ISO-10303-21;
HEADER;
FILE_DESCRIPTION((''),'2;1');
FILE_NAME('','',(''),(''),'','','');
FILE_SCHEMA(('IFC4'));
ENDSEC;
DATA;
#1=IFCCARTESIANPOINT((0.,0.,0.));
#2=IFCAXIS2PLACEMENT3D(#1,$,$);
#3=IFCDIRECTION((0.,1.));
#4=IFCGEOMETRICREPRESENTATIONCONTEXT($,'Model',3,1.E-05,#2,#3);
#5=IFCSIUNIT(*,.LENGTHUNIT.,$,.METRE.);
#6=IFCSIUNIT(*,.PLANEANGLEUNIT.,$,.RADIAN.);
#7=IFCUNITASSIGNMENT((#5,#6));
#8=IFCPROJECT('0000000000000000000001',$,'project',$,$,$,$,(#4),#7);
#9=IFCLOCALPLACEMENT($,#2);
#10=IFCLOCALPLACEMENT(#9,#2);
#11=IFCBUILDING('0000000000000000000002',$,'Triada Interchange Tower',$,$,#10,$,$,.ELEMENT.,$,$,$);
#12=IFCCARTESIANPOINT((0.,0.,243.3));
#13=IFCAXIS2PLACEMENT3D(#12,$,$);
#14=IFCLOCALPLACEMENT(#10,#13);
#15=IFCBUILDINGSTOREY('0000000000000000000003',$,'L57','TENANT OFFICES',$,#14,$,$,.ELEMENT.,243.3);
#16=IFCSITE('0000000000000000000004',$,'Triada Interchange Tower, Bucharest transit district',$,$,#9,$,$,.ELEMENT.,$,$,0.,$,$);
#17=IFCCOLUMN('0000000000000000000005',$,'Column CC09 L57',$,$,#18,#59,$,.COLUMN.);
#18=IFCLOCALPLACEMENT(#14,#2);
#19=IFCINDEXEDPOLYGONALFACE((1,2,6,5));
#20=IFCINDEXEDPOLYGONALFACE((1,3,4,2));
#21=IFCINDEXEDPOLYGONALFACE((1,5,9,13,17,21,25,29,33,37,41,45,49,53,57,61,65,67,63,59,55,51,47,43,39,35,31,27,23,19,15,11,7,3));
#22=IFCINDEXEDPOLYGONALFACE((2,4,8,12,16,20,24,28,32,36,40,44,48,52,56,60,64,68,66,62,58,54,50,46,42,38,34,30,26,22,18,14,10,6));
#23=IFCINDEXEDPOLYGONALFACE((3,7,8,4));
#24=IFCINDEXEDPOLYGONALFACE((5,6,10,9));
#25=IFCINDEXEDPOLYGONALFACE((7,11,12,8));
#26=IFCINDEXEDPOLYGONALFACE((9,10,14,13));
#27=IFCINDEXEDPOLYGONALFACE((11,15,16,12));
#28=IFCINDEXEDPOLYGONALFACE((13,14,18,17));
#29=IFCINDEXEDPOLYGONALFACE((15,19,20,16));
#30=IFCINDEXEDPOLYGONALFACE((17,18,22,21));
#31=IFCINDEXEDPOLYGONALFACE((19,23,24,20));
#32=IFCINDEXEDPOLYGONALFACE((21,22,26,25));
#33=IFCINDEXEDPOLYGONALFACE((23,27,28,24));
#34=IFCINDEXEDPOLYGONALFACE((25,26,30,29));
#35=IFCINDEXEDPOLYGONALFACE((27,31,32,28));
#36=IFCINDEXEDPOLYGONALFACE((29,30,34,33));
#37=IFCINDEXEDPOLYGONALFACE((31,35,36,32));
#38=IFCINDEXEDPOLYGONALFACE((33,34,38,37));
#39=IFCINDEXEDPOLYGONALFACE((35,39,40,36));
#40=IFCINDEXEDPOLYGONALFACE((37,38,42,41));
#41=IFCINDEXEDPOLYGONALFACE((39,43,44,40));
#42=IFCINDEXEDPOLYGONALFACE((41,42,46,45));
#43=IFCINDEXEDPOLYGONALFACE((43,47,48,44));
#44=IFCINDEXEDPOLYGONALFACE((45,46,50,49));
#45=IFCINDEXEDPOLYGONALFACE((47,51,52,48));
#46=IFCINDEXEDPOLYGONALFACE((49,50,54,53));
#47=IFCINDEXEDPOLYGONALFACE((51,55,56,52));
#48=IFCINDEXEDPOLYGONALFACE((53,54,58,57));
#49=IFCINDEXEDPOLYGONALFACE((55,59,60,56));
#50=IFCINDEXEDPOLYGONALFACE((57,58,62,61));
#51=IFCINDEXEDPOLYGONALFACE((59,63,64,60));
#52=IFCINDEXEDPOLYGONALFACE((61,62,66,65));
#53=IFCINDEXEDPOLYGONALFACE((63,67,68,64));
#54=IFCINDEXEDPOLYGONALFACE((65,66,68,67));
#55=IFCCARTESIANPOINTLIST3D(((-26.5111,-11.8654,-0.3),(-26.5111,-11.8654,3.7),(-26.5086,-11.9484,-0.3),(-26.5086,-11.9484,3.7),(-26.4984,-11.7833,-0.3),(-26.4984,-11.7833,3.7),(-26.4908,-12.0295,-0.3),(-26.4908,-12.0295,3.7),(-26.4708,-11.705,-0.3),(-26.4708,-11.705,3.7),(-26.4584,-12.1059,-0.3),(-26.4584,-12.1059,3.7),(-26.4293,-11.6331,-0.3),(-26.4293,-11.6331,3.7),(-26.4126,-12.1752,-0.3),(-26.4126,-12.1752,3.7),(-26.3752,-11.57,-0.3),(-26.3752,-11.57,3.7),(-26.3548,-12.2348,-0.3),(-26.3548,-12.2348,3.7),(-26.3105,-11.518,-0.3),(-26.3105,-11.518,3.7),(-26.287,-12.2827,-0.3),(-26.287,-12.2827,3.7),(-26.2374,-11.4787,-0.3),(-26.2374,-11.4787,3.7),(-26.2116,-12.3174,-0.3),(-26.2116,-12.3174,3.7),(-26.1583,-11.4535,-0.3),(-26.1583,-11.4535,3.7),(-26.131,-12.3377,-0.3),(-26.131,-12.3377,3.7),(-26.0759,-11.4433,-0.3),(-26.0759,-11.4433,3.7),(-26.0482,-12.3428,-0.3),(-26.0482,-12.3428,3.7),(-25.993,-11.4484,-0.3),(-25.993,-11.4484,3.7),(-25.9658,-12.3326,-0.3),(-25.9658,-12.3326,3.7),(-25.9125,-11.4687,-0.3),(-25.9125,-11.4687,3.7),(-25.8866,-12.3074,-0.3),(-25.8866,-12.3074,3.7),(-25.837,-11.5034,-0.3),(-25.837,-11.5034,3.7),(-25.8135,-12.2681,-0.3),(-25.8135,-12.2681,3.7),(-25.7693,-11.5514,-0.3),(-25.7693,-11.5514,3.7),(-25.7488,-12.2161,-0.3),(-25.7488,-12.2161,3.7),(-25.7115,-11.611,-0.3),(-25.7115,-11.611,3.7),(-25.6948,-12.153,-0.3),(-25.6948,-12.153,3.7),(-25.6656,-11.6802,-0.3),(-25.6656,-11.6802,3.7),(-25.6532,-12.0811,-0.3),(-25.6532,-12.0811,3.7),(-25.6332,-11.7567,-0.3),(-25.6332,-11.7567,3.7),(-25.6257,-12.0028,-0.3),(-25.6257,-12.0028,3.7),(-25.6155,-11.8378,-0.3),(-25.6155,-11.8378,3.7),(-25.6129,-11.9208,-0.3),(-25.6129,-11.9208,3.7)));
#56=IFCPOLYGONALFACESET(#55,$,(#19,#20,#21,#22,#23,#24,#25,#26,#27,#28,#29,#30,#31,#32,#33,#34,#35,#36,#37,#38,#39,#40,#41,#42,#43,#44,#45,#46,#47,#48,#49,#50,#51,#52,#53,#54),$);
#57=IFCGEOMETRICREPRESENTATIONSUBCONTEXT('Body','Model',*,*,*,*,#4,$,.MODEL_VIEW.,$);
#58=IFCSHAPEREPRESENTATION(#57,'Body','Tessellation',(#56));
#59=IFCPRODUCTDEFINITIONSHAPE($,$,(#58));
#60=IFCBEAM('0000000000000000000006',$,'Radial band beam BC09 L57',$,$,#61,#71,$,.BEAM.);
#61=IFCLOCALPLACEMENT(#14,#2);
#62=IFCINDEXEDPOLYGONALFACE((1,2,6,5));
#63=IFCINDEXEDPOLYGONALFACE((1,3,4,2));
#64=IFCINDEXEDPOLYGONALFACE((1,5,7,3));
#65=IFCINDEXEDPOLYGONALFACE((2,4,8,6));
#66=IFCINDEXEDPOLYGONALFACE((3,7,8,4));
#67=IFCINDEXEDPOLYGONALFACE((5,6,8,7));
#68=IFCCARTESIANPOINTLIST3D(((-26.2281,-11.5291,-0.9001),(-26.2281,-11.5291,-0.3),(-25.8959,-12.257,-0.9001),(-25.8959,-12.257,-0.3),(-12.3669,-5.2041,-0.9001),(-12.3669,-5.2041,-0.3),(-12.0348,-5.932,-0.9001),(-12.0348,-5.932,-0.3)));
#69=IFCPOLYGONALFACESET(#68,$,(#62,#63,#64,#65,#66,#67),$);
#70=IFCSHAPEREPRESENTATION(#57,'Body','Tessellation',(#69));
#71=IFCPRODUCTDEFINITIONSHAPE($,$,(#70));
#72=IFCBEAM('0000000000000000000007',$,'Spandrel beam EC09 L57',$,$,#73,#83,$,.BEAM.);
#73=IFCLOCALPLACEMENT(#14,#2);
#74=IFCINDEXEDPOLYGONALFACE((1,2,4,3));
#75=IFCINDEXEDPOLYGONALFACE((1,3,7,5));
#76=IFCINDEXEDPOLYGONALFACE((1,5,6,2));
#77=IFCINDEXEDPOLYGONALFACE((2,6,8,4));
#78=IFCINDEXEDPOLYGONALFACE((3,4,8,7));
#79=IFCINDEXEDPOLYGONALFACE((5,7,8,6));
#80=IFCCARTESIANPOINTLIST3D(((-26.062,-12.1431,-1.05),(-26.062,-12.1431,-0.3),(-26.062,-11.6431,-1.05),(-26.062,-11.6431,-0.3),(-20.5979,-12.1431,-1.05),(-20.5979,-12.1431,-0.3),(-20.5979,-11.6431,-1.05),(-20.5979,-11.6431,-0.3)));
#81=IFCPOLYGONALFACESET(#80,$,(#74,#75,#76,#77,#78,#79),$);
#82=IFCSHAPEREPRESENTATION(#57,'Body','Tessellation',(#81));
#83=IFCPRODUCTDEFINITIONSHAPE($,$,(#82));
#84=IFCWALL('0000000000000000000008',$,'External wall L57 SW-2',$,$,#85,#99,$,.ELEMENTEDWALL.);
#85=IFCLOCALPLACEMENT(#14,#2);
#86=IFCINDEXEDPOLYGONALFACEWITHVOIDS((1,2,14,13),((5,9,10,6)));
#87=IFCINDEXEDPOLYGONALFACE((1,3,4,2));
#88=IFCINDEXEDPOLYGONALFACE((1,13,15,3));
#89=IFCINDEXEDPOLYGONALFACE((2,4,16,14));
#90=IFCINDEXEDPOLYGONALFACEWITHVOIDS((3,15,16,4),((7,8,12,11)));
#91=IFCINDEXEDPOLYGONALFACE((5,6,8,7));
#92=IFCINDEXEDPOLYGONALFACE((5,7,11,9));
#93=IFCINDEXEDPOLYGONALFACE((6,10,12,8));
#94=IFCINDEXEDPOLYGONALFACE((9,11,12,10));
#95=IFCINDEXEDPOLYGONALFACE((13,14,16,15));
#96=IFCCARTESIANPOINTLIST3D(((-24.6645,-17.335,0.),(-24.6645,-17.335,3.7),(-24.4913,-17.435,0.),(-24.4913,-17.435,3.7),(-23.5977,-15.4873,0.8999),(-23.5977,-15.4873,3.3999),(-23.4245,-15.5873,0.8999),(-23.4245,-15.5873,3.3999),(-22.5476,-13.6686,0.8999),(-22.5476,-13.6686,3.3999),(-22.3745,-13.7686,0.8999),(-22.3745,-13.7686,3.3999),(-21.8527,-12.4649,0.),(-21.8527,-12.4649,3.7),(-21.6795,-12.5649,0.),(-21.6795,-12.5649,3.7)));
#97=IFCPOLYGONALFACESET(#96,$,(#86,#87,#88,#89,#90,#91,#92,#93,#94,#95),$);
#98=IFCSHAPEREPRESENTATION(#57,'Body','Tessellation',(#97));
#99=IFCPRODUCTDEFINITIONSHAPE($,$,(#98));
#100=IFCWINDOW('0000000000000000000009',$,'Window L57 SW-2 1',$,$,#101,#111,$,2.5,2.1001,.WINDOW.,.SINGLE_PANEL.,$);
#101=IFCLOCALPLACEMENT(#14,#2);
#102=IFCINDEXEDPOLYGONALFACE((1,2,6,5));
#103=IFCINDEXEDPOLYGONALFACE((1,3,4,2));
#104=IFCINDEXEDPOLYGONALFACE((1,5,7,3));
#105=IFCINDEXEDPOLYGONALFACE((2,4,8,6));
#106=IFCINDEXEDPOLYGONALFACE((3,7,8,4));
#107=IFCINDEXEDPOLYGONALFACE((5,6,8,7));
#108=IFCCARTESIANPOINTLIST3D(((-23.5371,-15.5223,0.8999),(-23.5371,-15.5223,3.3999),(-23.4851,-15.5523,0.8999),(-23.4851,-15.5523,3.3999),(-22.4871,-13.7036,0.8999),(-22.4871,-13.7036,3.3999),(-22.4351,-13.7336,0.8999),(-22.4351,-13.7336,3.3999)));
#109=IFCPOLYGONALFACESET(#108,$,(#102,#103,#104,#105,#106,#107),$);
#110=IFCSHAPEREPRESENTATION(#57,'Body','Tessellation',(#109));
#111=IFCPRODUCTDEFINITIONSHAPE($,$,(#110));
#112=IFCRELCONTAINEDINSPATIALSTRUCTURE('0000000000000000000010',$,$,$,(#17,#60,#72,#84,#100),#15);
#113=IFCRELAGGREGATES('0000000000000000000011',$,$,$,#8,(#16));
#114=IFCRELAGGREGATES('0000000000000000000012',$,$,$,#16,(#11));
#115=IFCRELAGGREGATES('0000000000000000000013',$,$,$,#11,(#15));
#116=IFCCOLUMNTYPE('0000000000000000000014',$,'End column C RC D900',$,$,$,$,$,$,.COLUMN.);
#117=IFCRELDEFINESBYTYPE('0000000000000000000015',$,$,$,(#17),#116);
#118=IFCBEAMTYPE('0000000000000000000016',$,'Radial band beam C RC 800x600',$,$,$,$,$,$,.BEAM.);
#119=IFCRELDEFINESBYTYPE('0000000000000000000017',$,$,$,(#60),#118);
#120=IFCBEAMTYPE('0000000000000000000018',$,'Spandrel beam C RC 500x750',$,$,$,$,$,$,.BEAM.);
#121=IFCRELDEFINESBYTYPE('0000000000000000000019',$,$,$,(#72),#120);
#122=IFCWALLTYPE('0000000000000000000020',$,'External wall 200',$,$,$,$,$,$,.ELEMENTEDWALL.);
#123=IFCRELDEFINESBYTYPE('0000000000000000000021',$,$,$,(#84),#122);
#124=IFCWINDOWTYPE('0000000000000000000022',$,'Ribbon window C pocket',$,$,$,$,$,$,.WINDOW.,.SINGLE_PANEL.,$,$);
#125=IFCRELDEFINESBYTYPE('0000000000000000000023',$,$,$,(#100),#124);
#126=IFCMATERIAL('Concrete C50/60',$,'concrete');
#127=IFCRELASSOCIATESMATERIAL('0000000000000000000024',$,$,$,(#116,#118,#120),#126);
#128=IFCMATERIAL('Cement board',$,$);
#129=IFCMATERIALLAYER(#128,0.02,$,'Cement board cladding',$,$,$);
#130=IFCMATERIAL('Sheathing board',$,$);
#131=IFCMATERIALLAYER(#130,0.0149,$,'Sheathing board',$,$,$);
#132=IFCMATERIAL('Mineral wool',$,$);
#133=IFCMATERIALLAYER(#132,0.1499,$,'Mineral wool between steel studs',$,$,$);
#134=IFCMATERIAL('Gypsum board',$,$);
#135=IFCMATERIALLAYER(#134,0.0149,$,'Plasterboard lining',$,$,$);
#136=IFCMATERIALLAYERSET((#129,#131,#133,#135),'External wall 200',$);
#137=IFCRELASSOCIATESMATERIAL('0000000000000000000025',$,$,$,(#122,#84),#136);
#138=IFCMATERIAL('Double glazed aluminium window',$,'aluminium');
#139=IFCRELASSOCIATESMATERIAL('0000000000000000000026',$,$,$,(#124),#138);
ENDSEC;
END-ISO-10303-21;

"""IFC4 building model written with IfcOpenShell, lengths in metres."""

from ifc_helpers import new_model, si_unit, direction, frame, frame_2d, origin, origin_2d, place, context, subcontext, project, spatial, rectangle, circle, extrude, material, layer, layer_set, layer_usage, material_profile, profile_set, type_object, element, fill, save


model = new_model("IFC4")

# Units and contexts
model_context = context("Model", 3, precision=1e-05, world=origin(), true_north=direction((0.0, 1.0)))
body_context = subcontext(model_context, "Body", "Model", "MODEL_VIEW")
ifc_project = project(units=[si_unit("LENGTHUNIT", "METRE"), si_unit("PLANEANGLEUNIT", "RADIAN")], contexts=[model_context])

# Site, building, storey
site_placement = place(None, origin())
site = spatial("IfcSite", under=ifc_project, at=site_placement, Name="Triada Interchange Tower, Bucharest transit district", CompositionType="ELEMENT", RefElevation=0.0)
building_placement = place(site_placement, origin())
building = spatial("IfcBuilding", under=site, at=building_placement, Name="Triada Interchange Tower", CompositionType="ELEMENT")
storey_placement = place(building_placement, frame((0.0, 0.0, 243.3)))
storey = spatial("IfcBuildingStorey", under=building, at=storey_placement, Name="L57", Description="TENANT OFFICES", CompositionType="ELEMENT", Elevation=243.3)

# Column
ifc_material_1 = material(Name="Concrete C50/60", Category="concrete")
ifc_material_profile_1 = material_profile(ifc_material_1, circle(Radius=0.45, at=origin_2d()), Name="RC D900")
ifc_profile_set_1 = profile_set([ifc_material_profile_1], Name="Concrete C50/60")
column_type = type_object("IfcColumnType", Name="End column C RC D900", PredefinedType="COLUMN", material=ifc_profile_set_1)
column_placement = place(storey_placement, frame((-26.062, -11.8931, -0.3), z_axis=(0.0, 0.0, 1.0), x_axis=(0.5, 0.866025, 0.0)))
element("IfcColumn", 1, at=column_placement, inside=storey, type_object=column_type, Name="Column CC09 L57", PredefinedType="COLUMN", context=body_context, shape_type="SweptSolid", body=[
    extrude(circle(Radius=0.45, at=origin_2d()), origin(), (0.0, 0.0, 1.0), 4.0),
])

# Beams
ifc_material_profile_2 = material_profile(ifc_material_1, rectangle(XDim=0.8, YDim=0.6001, at=origin_2d()), Name="RC 800x600")
ifc_profile_set_2 = profile_set([ifc_material_profile_2], Name="Concrete C50/60")
beam_type_1 = type_object("IfcBeamType", Name="Radial band beam C RC 800x600", PredefinedType="BEAM", material=ifc_profile_set_2)
beam_1_placement = place(storey_placement, frame((-26.062, -11.8931, -0.6001), z_axis=(0.909761, 0.415133, 0.0), x_axis=(-0.415133, 0.909761, 0.0)))
element("IfcBeam", 2, at=beam_1_placement, inside=storey, type_object=beam_type_1, Name="Radial band beam BC09 L57", PredefinedType="BEAM", context=body_context, shape_type="SweptSolid", body=[
    extrude(rectangle(XDim=0.8, YDim=0.6001, at=origin_2d()), origin(), (0.0, 0.0, 1.0), 15.2361),
])
ifc_material_profile_3 = material_profile(ifc_material_1, rectangle(XDim=0.5, YDim=0.75, at=origin_2d()), Name="RC 500x750")
ifc_profile_set_3 = profile_set([ifc_material_profile_3], Name="Concrete C50/60")
beam_type_2 = type_object("IfcBeamType", Name="Spandrel beam C RC 500x750", PredefinedType="BEAM", material=ifc_profile_set_3)
beam_2_placement = place(storey_placement, frame((-26.062, -11.8931, -0.675), z_axis=(1.0, 0.0, 0.0), x_axis=(0.0, 1.0, 0.0)))
element("IfcBeam", 3, at=beam_2_placement, inside=storey, type_object=beam_type_2, Name="Spandrel beam EC09 L57", PredefinedType="BEAM", context=body_context, shape_type="SweptSolid", body=[
    extrude(rectangle(XDim=0.5, YDim=0.75, at=origin_2d()), origin(), (0.0, 0.0, 1.0), 5.4641),
])

# Wall, opening, window
ifc_material_2 = material(Name="Cement board")
ifc_layer_1 = layer(ifc_material_2, 0.02, Name="Cement board cladding")
ifc_material_3 = material(Name="Sheathing board")
ifc_layer_2 = layer(ifc_material_3, 0.0149, Name="Sheathing board")
ifc_material_4 = material(Name="Mineral wool")
ifc_layer_3 = layer(ifc_material_4, 0.1499, Name="Mineral wool between steel studs")
ifc_material_5 = material(Name="Gypsum board")
ifc_layer_4 = layer(ifc_material_5, 0.0149, Name="Plasterboard lining")
ifc_layer_set = layer_set([ifc_layer_1, ifc_layer_2, ifc_layer_3, ifc_layer_4], Name="External wall 200")
ifc_layer_usage = layer_usage(ifc_layer_set, "AXIS2", "POSITIVE", -0.1001)
wall_type = type_object("IfcWallType", Name="External wall 200", PredefinedType="ELEMENTEDWALL", material=ifc_layer_set)
wall_placement = place(storey_placement, frame((-21.7661, -12.5149, 0.0), z_axis=(0.0, 0.0, 1.0), x_axis=(-0.500001, -0.866025, 0.0)))
wall = element("IfcWall", 4, at=wall_placement, inside=storey, type_object=wall_type, material=ifc_layer_usage, Name="External wall L57 SW-2", PredefinedType="ELEMENTEDWALL", context=body_context, shape_type="SweptSolid", body=[
    extrude(rectangle(XDim=5.6235, YDim=0.2, at=frame_2d((2.8118, 0.0))), origin(), (0.0, 0.0, 1.0), 3.7),
])
opening_placement = place(wall_placement, frame((1.3899, 0.0, 0.8999)))
opening = element("IfcOpeningElement", 5, at=opening_placement, cuts=wall, PredefinedType="OPENING", context=body_context, shape_type="SweptSolid", body=[
    extrude(rectangle(XDim=2.1001, YDim=2.5, at=frame_2d((1.05, 1.25))), frame((0.0, 0.1099, 0.0), z_axis=(0.0, -1.0, 0.0), x_axis=(1.0, 0.0, 0.0)), (0.0, 0.0, 1.0), 0.22),
])
ifc_material_6 = material(Name="Double glazed aluminium window", Category="aluminium")
window_type = type_object("IfcWindowType", Name="Ribbon window C pocket", PartitioningType="SINGLE_PANEL", PredefinedType="WINDOW", material=ifc_material_6)
window_placement = place(opening_placement, origin())
window = element("IfcWindow", 6, at=window_placement, inside=storey, type_object=window_type, Name="Window L57 SW-2 1", OverallHeight=2.5, OverallWidth=2.1001, PartitioningType="SINGLE_PANEL", PredefinedType="WINDOW", context=body_context, shape_type="SweptSolid", body=[
    extrude(rectangle(XDim=2.1001, YDim=2.5, at=frame_2d((1.05, 1.25))), frame((0.0, 0.03, 0.0), z_axis=(0.0, -1.0, 0.0), x_axis=(1.0, 0.0, 0.0)), (0.0, 0.0, 1.0), 0.0601),
])
fill(opening, window)

save(model, "model.ifc")
